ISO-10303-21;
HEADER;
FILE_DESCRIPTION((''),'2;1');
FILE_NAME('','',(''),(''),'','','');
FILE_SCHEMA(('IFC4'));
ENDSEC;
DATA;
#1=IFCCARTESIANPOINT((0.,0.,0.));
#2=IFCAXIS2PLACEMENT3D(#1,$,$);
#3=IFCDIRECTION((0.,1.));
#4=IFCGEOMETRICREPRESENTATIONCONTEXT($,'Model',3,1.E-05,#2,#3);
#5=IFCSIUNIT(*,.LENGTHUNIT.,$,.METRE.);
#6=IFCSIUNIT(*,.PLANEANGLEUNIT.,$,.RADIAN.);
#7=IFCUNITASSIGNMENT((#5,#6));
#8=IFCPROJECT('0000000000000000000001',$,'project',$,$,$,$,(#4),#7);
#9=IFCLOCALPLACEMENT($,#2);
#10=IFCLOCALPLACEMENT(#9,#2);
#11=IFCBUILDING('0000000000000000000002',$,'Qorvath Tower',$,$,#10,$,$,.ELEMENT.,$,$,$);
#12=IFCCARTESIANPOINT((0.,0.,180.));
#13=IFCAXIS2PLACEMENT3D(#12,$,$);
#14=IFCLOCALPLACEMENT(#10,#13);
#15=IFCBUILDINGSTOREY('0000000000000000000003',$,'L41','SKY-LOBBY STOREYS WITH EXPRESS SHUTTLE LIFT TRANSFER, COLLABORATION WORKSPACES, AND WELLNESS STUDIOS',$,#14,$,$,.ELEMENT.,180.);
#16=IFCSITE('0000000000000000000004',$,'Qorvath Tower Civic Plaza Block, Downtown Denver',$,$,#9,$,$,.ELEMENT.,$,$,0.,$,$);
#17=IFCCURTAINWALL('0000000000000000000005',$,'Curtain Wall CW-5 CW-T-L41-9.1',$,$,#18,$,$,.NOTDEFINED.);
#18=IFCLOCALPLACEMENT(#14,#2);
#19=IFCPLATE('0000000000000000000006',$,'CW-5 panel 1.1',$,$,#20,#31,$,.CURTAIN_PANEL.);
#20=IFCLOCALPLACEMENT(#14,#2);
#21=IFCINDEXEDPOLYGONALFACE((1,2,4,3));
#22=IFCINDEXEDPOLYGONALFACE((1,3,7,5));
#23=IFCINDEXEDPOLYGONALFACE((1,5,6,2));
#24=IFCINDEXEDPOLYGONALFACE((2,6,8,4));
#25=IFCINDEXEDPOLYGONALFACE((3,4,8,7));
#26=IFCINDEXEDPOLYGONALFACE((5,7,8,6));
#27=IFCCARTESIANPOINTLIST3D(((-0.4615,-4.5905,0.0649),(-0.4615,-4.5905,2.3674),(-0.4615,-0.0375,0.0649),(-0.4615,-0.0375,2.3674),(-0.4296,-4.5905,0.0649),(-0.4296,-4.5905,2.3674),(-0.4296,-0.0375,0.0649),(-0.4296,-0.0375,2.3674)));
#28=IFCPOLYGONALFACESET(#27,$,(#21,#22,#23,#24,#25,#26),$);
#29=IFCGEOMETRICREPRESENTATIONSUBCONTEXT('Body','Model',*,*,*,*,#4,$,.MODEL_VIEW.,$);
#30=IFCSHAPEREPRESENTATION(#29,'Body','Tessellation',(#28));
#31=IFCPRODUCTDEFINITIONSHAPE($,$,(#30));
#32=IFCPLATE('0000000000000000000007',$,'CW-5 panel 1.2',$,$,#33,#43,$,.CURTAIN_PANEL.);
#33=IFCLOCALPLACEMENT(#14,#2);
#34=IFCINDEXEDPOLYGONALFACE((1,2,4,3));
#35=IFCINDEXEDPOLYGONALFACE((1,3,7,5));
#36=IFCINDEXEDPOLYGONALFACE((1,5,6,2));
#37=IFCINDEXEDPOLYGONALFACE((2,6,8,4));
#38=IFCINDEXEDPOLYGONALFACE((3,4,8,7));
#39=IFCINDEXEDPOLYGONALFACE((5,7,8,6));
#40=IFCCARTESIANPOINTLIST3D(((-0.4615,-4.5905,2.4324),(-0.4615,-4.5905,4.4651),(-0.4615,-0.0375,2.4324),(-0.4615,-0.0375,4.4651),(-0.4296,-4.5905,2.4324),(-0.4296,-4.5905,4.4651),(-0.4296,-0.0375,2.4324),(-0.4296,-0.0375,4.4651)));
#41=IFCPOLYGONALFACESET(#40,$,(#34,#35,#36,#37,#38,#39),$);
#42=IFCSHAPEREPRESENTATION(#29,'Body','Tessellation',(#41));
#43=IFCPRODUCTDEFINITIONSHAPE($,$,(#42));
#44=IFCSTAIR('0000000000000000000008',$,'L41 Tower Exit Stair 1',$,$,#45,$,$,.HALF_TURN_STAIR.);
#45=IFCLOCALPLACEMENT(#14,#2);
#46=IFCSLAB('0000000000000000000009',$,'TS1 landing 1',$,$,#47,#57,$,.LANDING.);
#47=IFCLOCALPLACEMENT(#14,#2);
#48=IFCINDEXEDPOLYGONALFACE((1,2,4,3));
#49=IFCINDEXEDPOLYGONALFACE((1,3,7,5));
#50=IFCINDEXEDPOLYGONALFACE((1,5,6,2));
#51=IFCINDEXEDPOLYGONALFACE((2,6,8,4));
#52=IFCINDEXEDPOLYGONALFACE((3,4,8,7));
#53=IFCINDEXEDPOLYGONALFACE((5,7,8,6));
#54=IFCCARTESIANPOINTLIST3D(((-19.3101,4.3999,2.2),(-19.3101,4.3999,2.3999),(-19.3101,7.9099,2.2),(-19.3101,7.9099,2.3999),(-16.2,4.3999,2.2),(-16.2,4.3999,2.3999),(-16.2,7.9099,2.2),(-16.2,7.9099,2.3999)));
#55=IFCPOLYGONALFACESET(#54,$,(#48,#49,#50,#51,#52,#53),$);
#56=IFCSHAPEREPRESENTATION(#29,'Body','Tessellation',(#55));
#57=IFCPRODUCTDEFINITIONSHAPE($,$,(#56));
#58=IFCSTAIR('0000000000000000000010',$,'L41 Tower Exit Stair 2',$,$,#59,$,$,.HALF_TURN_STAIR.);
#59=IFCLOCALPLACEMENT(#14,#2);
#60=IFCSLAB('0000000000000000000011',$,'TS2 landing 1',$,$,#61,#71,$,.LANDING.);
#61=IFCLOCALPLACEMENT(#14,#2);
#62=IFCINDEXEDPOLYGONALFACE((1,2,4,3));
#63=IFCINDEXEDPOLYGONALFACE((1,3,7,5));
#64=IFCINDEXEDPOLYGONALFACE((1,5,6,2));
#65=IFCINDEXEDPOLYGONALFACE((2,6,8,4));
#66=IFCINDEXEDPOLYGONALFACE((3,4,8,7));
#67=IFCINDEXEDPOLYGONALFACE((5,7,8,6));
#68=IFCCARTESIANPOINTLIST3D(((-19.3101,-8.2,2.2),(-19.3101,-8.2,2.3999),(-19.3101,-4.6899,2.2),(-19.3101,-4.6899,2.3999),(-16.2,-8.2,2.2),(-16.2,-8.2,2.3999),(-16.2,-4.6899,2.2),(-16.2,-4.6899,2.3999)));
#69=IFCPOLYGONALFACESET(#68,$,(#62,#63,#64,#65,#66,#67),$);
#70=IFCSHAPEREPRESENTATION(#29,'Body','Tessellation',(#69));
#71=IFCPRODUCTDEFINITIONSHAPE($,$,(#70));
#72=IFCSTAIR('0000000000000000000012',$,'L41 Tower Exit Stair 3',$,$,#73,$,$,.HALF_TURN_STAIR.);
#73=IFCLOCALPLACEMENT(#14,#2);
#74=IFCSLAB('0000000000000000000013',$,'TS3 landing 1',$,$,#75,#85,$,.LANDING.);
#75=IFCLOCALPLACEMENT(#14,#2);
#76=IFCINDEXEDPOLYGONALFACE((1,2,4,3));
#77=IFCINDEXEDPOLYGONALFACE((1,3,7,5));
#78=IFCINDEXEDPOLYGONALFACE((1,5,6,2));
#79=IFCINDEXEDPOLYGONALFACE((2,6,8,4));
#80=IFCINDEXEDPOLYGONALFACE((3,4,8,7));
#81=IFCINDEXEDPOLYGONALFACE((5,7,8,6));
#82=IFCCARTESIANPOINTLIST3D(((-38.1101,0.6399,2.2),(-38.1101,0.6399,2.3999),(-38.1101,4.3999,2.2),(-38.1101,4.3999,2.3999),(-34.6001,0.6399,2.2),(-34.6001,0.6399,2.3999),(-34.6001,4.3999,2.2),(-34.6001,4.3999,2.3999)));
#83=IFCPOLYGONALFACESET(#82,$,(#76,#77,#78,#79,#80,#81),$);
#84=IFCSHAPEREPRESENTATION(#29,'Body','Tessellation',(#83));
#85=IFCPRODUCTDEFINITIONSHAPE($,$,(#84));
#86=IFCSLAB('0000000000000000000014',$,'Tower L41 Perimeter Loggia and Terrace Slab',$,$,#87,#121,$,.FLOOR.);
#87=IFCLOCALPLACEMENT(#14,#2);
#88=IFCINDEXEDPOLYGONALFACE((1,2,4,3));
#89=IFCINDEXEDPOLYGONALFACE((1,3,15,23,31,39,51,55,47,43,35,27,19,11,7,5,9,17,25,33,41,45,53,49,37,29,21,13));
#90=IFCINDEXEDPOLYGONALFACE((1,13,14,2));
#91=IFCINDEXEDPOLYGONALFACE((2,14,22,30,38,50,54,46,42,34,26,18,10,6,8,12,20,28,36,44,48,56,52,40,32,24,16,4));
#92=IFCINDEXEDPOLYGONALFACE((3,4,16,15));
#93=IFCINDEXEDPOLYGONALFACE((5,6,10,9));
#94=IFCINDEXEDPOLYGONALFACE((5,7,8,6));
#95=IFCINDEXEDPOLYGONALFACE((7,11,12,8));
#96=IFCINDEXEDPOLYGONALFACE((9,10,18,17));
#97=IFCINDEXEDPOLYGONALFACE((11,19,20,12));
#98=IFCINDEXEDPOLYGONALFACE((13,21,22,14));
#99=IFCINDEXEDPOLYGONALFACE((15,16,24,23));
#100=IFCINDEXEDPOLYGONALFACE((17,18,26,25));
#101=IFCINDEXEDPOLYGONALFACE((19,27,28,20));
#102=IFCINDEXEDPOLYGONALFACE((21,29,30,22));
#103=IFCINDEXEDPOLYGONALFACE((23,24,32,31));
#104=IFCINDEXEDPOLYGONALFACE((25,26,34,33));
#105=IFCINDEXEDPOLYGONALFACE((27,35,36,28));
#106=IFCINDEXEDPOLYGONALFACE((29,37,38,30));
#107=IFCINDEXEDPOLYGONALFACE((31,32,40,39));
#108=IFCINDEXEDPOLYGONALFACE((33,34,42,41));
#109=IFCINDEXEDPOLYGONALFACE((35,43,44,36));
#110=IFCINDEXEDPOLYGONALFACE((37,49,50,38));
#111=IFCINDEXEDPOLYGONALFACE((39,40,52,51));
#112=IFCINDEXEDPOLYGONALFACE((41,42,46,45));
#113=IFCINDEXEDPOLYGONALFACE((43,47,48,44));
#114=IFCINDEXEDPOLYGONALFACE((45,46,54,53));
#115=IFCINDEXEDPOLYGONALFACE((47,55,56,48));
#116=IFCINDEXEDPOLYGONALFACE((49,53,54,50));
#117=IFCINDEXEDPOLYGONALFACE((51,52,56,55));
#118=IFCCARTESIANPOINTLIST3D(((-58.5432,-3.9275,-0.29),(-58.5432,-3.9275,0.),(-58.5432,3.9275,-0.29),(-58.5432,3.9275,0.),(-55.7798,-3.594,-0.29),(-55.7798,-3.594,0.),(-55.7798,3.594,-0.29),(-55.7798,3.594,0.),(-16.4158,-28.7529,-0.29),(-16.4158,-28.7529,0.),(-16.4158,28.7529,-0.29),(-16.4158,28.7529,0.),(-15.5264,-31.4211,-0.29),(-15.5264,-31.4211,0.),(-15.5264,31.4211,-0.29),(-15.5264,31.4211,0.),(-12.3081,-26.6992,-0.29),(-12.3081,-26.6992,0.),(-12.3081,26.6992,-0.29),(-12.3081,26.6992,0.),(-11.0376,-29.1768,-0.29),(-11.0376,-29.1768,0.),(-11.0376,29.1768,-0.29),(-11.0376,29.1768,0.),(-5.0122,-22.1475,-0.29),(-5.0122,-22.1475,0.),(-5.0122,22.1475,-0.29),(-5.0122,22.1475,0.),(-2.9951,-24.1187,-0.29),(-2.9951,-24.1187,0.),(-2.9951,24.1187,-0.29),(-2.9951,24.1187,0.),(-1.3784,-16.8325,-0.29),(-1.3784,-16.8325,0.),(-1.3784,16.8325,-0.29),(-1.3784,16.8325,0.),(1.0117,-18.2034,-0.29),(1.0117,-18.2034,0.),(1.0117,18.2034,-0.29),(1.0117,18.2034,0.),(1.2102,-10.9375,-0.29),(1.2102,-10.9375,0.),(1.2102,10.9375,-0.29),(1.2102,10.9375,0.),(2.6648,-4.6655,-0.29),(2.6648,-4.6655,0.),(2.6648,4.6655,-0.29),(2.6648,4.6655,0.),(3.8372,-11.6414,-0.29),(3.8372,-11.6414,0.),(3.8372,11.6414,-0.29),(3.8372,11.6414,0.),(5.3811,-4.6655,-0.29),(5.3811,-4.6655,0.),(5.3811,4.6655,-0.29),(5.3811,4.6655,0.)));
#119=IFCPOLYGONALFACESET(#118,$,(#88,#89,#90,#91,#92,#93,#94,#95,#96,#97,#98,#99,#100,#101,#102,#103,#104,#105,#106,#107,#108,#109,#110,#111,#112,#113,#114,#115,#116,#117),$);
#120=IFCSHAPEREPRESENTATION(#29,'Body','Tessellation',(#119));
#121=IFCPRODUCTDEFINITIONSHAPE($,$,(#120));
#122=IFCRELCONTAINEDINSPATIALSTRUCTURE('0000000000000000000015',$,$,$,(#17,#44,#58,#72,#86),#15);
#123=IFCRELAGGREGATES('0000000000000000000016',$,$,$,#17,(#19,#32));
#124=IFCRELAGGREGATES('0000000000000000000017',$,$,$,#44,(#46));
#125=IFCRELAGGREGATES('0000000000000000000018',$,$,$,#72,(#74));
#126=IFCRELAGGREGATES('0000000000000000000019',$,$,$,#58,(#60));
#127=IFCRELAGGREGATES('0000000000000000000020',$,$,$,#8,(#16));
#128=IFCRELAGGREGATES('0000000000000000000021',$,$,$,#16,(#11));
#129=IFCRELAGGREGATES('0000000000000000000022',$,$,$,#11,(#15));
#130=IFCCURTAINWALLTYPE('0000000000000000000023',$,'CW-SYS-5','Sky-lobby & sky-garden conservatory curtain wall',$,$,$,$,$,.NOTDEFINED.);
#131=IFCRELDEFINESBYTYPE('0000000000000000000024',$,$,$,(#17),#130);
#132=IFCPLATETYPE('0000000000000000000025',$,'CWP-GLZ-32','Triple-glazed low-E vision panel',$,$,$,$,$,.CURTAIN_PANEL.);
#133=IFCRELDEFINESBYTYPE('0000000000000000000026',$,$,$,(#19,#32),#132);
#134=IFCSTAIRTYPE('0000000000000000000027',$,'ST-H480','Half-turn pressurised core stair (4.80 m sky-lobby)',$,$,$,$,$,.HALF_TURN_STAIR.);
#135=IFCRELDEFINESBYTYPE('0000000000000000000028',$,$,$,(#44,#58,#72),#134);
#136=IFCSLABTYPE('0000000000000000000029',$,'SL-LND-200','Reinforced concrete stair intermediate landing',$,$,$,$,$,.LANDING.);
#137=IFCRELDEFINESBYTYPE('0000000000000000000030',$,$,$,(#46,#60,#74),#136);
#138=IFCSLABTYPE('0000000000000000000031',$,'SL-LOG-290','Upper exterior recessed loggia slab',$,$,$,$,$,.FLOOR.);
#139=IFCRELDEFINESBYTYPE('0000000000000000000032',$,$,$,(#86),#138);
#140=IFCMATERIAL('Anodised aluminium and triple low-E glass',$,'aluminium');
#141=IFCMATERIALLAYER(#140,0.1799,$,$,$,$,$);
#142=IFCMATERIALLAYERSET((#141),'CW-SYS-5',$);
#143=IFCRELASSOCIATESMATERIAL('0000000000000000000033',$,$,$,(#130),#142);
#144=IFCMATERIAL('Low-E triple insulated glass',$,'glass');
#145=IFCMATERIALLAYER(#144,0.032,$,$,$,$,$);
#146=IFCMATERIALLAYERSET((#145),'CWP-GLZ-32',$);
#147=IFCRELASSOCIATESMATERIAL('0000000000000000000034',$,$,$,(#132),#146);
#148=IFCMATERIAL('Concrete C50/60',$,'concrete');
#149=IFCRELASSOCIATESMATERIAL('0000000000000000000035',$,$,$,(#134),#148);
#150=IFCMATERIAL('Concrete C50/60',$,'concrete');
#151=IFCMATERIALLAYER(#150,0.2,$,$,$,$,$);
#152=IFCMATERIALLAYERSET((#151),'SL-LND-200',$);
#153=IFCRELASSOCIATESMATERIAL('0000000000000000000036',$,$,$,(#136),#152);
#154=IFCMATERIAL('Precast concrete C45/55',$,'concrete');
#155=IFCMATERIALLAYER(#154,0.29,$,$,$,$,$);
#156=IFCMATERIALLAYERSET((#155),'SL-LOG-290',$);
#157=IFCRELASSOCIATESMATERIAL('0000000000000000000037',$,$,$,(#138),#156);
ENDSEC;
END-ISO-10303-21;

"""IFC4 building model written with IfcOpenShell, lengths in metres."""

from ifc_helpers import new_model, si_unit, direction, frame, origin, origin_2d, place, context, subcontext, project, spatial, polyline, rectangle, outline, extrude, material, layer, layer_set, type_object, element, aggregate, save


model = new_model("IFC4")

# Units and contexts
model_context = context("Model", 3, precision=1e-05, world=origin(), true_north=direction((0.0, 1.0)))
body_context = subcontext(model_context, "Body", "Model", "MODEL_VIEW")
ifc_project = project(units=[si_unit("LENGTHUNIT", "METRE"), si_unit("PLANEANGLEUNIT", "RADIAN")], contexts=[model_context])

# Site, building, storey
site_placement = place(None, origin())
site = spatial("IfcSite", under=ifc_project, at=site_placement, Name="Qorvath Tower Civic Plaza Block, Downtown Denver", CompositionType="ELEMENT", RefElevation=0.0)
building_placement = place(site_placement, origin())
building = spatial("IfcBuilding", under=site, at=building_placement, Name="Qorvath Tower", CompositionType="ELEMENT")
storey_placement = place(building_placement, frame((0.0, 0.0, 180.0)))
storey = spatial("IfcBuildingStorey", under=building, at=storey_placement, Name="L41", Description="SKY-LOBBY STOREYS WITH EXPRESS SHUTTLE LIFT TRANSFER, COLLABORATION WORKSPACES, AND WELLNESS STUDIOS", CompositionType="ELEMENT", Elevation=180.0)

# Curtain wall
ifc_material_1 = material(Name="Anodised aluminium and triple low-E glass", Category="aluminium")
ifc_layer_1 = layer(ifc_material_1, 0.1799)
ifc_layer_set_1 = layer_set([ifc_layer_1], Name="CW-SYS-5")
curtain_wall_type = type_object("IfcCurtainWallType", Name="CW-SYS-5", Description="Sky-lobby & sky-garden conservatory curtain wall", PredefinedType="NOTDEFINED", material=ifc_layer_set_1)
curtain_wall_placement = place(storey_placement, origin())
curtain_wall = element("IfcCurtainWall", 1, at=curtain_wall_placement, inside=storey, type_object=curtain_wall_type, Name="Curtain Wall CW-5 CW-T-L41-9.1", PredefinedType="NOTDEFINED")

# Plates
ifc_material_2 = material(Name="Low-E triple insulated glass", Category="glass")
ifc_layer_2 = layer(ifc_material_2, 0.032)
ifc_layer_set_2 = layer_set([ifc_layer_2], Name="CWP-GLZ-32")
plate_type = type_object("IfcPlateType", Name="CWP-GLZ-32", Description="Triple-glazed low-E vision panel", PredefinedType="CURTAIN_PANEL", material=ifc_layer_set_2)
plate_1_placement = place(storey_placement, frame((-0.4456, -2.314, 0.0649), z_axis=(0.0, 0.0, 1.0), x_axis=(0.0, 1.0, 0.0)))
plate_1 = element("IfcPlate", 2, at=plate_1_placement, type_object=plate_type, Name="CW-5 panel 1.1", PredefinedType="CURTAIN_PANEL", context=body_context, shape_type="SweptSolid", body=[
    extrude(rectangle(XDim=4.553, YDim=0.032, at=origin_2d()), origin(), (0.0, 0.0, 1.0), 2.3025),
])
plate_2_placement = place(storey_placement, frame((-0.4456, -2.314, 2.4324), z_axis=(0.0, 0.0, 1.0), x_axis=(0.0, 1.0, 0.0)))
plate_2 = element("IfcPlate", 3, at=plate_2_placement, type_object=plate_type, Name="CW-5 panel 1.2", PredefinedType="CURTAIN_PANEL", context=body_context, shape_type="SweptSolid", body=[
    extrude(rectangle(XDim=4.553, YDim=0.032, at=origin_2d()), origin(), (0.0, 0.0, 1.0), 2.0327),
])
aggregate(curtain_wall, [plate_1, plate_2])

# Stairs, slabs
ifc_material_3 = material(Name="Concrete C50/60", Category="concrete")
stair_type = type_object("IfcStairType", Name="ST-H480", Description="Half-turn pressurised core stair (4.80 m sky-lobby)", PredefinedType="HALF_TURN_STAIR", material=ifc_material_3)
stair_1_placement = place(storey_placement, origin())
stair_1 = element("IfcStair", 4, at=stair_1_placement, inside=storey, type_object=stair_type, Name="L41 Tower Exit Stair 1", PredefinedType="HALF_TURN_STAIR")
ifc_material_4 = material(Name="Concrete C50/60", Category="concrete")
ifc_layer_3 = layer(ifc_material_4, 0.2)
ifc_layer_set_3 = layer_set([ifc_layer_3], Name="SL-LND-200")
slab_type_1 = type_object("IfcSlabType", Name="SL-LND-200", Description="Reinforced concrete stair intermediate landing", PredefinedType="LANDING", material=ifc_layer_set_3)
slab_1_placement = place(storey_placement, frame((0.0, 0.0, 2.2)))
slab_1 = element("IfcSlab", 5, at=slab_1_placement, type_object=slab_type_1, Name="TS1 landing 1", PredefinedType="LANDING", context=body_context, shape_type="SweptSolid", body=[
    extrude(outline(polyline([(-19.3101, 4.3999), (-16.2, 4.3999), (-16.2, 7.9099), (-19.3101, 7.9099), (-19.3101, 4.3999)])), origin(), (0.0, 0.0, 1.0), 0.2),
])
aggregate(stair_1, [slab_1])
stair_2_placement = place(storey_placement, origin())
stair_2 = element("IfcStair", 6, at=stair_2_placement, inside=storey, type_object=stair_type, Name="L41 Tower Exit Stair 2", PredefinedType="HALF_TURN_STAIR")
slab_2_placement = place(storey_placement, frame((0.0, 0.0, 2.2)))
slab_2 = element("IfcSlab", 7, at=slab_2_placement, type_object=slab_type_1, Name="TS2 landing 1", PredefinedType="LANDING", context=body_context, shape_type="SweptSolid", body=[
    extrude(outline(polyline([(-19.3101, -8.2), (-16.2, -8.2), (-16.2, -4.6899), (-19.3101, -4.6899), (-19.3101, -8.2)])), origin(), (0.0, 0.0, 1.0), 0.2),
])
stair_3_placement = place(storey_placement, origin())
stair_3 = element("IfcStair", 8, at=stair_3_placement, inside=storey, type_object=stair_type, Name="L41 Tower Exit Stair 3", PredefinedType="HALF_TURN_STAIR")
slab_3_placement = place(storey_placement, frame((0.0, 0.0, 2.2)))
slab_3 = element("IfcSlab", 9, at=slab_3_placement, type_object=slab_type_1, Name="TS3 landing 1", PredefinedType="LANDING", context=body_context, shape_type="SweptSolid", body=[
    extrude(outline(polyline([(-34.6001, 0.6399), (-34.6001, 4.3999), (-38.1101, 4.3999), (-38.1101, 0.6399), (-34.6001, 0.6399)])), origin(), (0.0, 0.0, 1.0), 0.2),
])
aggregate(stair_3, [slab_3])

# Slab
ifc_material_5 = material(Name="Precast concrete C45/55", Category="concrete")
ifc_layer_4 = layer(ifc_material_5, 0.29)
ifc_layer_set_4 = layer_set([ifc_layer_4], Name="SL-LOG-290")
slab_type_2 = type_object("IfcSlabType", Name="SL-LOG-290", Description="Upper exterior recessed loggia slab", PredefinedType="FLOOR", material=ifc_layer_set_4)
slab_4_placement = place(storey_placement, frame((0.0, 0.0, -0.29)))
element("IfcSlab", 10, at=slab_4_placement, inside=storey, type_object=slab_type_2, Name="Tower L41 Perimeter Loggia and Terrace Slab", PredefinedType="FLOOR", context=body_context, shape_type="SweptSolid", body=[
    extrude(outline(polyline([(2.6648, -4.6655), (1.2102, -10.9375), (-1.3784, -16.8325), (-5.0122, -22.1475), (-12.3081, -26.6992), (-16.4158, -28.7529), (-55.7798, -3.594), (-55.7798, 3.594), (-16.4158, 28.7529), (-12.3081, 26.6992), (-5.0122, 22.1475), (-1.3784, 16.8325), (1.2102, 10.9375), (2.6648, 4.6655), (5.3811, 4.6655), (3.8372, 11.6414), (1.0117, 18.2034), (-2.9951, 24.1187), (-11.0376, 29.1768), (-15.5264, 31.4211), (-58.5432, 3.9275), (-58.5432, -3.9275), (-15.5264, -31.4211), (-11.0376, -29.1768), (-2.9951, -24.1187), (1.0117, -18.2034), (3.8372, -11.6414), (5.3811, -4.6655), (2.6648, -4.6655)])), origin(), (0.0, 0.0, 1.0), 0.29),
])

aggregate(stair_2, [slab_2])

save(model, "model.ifc")
